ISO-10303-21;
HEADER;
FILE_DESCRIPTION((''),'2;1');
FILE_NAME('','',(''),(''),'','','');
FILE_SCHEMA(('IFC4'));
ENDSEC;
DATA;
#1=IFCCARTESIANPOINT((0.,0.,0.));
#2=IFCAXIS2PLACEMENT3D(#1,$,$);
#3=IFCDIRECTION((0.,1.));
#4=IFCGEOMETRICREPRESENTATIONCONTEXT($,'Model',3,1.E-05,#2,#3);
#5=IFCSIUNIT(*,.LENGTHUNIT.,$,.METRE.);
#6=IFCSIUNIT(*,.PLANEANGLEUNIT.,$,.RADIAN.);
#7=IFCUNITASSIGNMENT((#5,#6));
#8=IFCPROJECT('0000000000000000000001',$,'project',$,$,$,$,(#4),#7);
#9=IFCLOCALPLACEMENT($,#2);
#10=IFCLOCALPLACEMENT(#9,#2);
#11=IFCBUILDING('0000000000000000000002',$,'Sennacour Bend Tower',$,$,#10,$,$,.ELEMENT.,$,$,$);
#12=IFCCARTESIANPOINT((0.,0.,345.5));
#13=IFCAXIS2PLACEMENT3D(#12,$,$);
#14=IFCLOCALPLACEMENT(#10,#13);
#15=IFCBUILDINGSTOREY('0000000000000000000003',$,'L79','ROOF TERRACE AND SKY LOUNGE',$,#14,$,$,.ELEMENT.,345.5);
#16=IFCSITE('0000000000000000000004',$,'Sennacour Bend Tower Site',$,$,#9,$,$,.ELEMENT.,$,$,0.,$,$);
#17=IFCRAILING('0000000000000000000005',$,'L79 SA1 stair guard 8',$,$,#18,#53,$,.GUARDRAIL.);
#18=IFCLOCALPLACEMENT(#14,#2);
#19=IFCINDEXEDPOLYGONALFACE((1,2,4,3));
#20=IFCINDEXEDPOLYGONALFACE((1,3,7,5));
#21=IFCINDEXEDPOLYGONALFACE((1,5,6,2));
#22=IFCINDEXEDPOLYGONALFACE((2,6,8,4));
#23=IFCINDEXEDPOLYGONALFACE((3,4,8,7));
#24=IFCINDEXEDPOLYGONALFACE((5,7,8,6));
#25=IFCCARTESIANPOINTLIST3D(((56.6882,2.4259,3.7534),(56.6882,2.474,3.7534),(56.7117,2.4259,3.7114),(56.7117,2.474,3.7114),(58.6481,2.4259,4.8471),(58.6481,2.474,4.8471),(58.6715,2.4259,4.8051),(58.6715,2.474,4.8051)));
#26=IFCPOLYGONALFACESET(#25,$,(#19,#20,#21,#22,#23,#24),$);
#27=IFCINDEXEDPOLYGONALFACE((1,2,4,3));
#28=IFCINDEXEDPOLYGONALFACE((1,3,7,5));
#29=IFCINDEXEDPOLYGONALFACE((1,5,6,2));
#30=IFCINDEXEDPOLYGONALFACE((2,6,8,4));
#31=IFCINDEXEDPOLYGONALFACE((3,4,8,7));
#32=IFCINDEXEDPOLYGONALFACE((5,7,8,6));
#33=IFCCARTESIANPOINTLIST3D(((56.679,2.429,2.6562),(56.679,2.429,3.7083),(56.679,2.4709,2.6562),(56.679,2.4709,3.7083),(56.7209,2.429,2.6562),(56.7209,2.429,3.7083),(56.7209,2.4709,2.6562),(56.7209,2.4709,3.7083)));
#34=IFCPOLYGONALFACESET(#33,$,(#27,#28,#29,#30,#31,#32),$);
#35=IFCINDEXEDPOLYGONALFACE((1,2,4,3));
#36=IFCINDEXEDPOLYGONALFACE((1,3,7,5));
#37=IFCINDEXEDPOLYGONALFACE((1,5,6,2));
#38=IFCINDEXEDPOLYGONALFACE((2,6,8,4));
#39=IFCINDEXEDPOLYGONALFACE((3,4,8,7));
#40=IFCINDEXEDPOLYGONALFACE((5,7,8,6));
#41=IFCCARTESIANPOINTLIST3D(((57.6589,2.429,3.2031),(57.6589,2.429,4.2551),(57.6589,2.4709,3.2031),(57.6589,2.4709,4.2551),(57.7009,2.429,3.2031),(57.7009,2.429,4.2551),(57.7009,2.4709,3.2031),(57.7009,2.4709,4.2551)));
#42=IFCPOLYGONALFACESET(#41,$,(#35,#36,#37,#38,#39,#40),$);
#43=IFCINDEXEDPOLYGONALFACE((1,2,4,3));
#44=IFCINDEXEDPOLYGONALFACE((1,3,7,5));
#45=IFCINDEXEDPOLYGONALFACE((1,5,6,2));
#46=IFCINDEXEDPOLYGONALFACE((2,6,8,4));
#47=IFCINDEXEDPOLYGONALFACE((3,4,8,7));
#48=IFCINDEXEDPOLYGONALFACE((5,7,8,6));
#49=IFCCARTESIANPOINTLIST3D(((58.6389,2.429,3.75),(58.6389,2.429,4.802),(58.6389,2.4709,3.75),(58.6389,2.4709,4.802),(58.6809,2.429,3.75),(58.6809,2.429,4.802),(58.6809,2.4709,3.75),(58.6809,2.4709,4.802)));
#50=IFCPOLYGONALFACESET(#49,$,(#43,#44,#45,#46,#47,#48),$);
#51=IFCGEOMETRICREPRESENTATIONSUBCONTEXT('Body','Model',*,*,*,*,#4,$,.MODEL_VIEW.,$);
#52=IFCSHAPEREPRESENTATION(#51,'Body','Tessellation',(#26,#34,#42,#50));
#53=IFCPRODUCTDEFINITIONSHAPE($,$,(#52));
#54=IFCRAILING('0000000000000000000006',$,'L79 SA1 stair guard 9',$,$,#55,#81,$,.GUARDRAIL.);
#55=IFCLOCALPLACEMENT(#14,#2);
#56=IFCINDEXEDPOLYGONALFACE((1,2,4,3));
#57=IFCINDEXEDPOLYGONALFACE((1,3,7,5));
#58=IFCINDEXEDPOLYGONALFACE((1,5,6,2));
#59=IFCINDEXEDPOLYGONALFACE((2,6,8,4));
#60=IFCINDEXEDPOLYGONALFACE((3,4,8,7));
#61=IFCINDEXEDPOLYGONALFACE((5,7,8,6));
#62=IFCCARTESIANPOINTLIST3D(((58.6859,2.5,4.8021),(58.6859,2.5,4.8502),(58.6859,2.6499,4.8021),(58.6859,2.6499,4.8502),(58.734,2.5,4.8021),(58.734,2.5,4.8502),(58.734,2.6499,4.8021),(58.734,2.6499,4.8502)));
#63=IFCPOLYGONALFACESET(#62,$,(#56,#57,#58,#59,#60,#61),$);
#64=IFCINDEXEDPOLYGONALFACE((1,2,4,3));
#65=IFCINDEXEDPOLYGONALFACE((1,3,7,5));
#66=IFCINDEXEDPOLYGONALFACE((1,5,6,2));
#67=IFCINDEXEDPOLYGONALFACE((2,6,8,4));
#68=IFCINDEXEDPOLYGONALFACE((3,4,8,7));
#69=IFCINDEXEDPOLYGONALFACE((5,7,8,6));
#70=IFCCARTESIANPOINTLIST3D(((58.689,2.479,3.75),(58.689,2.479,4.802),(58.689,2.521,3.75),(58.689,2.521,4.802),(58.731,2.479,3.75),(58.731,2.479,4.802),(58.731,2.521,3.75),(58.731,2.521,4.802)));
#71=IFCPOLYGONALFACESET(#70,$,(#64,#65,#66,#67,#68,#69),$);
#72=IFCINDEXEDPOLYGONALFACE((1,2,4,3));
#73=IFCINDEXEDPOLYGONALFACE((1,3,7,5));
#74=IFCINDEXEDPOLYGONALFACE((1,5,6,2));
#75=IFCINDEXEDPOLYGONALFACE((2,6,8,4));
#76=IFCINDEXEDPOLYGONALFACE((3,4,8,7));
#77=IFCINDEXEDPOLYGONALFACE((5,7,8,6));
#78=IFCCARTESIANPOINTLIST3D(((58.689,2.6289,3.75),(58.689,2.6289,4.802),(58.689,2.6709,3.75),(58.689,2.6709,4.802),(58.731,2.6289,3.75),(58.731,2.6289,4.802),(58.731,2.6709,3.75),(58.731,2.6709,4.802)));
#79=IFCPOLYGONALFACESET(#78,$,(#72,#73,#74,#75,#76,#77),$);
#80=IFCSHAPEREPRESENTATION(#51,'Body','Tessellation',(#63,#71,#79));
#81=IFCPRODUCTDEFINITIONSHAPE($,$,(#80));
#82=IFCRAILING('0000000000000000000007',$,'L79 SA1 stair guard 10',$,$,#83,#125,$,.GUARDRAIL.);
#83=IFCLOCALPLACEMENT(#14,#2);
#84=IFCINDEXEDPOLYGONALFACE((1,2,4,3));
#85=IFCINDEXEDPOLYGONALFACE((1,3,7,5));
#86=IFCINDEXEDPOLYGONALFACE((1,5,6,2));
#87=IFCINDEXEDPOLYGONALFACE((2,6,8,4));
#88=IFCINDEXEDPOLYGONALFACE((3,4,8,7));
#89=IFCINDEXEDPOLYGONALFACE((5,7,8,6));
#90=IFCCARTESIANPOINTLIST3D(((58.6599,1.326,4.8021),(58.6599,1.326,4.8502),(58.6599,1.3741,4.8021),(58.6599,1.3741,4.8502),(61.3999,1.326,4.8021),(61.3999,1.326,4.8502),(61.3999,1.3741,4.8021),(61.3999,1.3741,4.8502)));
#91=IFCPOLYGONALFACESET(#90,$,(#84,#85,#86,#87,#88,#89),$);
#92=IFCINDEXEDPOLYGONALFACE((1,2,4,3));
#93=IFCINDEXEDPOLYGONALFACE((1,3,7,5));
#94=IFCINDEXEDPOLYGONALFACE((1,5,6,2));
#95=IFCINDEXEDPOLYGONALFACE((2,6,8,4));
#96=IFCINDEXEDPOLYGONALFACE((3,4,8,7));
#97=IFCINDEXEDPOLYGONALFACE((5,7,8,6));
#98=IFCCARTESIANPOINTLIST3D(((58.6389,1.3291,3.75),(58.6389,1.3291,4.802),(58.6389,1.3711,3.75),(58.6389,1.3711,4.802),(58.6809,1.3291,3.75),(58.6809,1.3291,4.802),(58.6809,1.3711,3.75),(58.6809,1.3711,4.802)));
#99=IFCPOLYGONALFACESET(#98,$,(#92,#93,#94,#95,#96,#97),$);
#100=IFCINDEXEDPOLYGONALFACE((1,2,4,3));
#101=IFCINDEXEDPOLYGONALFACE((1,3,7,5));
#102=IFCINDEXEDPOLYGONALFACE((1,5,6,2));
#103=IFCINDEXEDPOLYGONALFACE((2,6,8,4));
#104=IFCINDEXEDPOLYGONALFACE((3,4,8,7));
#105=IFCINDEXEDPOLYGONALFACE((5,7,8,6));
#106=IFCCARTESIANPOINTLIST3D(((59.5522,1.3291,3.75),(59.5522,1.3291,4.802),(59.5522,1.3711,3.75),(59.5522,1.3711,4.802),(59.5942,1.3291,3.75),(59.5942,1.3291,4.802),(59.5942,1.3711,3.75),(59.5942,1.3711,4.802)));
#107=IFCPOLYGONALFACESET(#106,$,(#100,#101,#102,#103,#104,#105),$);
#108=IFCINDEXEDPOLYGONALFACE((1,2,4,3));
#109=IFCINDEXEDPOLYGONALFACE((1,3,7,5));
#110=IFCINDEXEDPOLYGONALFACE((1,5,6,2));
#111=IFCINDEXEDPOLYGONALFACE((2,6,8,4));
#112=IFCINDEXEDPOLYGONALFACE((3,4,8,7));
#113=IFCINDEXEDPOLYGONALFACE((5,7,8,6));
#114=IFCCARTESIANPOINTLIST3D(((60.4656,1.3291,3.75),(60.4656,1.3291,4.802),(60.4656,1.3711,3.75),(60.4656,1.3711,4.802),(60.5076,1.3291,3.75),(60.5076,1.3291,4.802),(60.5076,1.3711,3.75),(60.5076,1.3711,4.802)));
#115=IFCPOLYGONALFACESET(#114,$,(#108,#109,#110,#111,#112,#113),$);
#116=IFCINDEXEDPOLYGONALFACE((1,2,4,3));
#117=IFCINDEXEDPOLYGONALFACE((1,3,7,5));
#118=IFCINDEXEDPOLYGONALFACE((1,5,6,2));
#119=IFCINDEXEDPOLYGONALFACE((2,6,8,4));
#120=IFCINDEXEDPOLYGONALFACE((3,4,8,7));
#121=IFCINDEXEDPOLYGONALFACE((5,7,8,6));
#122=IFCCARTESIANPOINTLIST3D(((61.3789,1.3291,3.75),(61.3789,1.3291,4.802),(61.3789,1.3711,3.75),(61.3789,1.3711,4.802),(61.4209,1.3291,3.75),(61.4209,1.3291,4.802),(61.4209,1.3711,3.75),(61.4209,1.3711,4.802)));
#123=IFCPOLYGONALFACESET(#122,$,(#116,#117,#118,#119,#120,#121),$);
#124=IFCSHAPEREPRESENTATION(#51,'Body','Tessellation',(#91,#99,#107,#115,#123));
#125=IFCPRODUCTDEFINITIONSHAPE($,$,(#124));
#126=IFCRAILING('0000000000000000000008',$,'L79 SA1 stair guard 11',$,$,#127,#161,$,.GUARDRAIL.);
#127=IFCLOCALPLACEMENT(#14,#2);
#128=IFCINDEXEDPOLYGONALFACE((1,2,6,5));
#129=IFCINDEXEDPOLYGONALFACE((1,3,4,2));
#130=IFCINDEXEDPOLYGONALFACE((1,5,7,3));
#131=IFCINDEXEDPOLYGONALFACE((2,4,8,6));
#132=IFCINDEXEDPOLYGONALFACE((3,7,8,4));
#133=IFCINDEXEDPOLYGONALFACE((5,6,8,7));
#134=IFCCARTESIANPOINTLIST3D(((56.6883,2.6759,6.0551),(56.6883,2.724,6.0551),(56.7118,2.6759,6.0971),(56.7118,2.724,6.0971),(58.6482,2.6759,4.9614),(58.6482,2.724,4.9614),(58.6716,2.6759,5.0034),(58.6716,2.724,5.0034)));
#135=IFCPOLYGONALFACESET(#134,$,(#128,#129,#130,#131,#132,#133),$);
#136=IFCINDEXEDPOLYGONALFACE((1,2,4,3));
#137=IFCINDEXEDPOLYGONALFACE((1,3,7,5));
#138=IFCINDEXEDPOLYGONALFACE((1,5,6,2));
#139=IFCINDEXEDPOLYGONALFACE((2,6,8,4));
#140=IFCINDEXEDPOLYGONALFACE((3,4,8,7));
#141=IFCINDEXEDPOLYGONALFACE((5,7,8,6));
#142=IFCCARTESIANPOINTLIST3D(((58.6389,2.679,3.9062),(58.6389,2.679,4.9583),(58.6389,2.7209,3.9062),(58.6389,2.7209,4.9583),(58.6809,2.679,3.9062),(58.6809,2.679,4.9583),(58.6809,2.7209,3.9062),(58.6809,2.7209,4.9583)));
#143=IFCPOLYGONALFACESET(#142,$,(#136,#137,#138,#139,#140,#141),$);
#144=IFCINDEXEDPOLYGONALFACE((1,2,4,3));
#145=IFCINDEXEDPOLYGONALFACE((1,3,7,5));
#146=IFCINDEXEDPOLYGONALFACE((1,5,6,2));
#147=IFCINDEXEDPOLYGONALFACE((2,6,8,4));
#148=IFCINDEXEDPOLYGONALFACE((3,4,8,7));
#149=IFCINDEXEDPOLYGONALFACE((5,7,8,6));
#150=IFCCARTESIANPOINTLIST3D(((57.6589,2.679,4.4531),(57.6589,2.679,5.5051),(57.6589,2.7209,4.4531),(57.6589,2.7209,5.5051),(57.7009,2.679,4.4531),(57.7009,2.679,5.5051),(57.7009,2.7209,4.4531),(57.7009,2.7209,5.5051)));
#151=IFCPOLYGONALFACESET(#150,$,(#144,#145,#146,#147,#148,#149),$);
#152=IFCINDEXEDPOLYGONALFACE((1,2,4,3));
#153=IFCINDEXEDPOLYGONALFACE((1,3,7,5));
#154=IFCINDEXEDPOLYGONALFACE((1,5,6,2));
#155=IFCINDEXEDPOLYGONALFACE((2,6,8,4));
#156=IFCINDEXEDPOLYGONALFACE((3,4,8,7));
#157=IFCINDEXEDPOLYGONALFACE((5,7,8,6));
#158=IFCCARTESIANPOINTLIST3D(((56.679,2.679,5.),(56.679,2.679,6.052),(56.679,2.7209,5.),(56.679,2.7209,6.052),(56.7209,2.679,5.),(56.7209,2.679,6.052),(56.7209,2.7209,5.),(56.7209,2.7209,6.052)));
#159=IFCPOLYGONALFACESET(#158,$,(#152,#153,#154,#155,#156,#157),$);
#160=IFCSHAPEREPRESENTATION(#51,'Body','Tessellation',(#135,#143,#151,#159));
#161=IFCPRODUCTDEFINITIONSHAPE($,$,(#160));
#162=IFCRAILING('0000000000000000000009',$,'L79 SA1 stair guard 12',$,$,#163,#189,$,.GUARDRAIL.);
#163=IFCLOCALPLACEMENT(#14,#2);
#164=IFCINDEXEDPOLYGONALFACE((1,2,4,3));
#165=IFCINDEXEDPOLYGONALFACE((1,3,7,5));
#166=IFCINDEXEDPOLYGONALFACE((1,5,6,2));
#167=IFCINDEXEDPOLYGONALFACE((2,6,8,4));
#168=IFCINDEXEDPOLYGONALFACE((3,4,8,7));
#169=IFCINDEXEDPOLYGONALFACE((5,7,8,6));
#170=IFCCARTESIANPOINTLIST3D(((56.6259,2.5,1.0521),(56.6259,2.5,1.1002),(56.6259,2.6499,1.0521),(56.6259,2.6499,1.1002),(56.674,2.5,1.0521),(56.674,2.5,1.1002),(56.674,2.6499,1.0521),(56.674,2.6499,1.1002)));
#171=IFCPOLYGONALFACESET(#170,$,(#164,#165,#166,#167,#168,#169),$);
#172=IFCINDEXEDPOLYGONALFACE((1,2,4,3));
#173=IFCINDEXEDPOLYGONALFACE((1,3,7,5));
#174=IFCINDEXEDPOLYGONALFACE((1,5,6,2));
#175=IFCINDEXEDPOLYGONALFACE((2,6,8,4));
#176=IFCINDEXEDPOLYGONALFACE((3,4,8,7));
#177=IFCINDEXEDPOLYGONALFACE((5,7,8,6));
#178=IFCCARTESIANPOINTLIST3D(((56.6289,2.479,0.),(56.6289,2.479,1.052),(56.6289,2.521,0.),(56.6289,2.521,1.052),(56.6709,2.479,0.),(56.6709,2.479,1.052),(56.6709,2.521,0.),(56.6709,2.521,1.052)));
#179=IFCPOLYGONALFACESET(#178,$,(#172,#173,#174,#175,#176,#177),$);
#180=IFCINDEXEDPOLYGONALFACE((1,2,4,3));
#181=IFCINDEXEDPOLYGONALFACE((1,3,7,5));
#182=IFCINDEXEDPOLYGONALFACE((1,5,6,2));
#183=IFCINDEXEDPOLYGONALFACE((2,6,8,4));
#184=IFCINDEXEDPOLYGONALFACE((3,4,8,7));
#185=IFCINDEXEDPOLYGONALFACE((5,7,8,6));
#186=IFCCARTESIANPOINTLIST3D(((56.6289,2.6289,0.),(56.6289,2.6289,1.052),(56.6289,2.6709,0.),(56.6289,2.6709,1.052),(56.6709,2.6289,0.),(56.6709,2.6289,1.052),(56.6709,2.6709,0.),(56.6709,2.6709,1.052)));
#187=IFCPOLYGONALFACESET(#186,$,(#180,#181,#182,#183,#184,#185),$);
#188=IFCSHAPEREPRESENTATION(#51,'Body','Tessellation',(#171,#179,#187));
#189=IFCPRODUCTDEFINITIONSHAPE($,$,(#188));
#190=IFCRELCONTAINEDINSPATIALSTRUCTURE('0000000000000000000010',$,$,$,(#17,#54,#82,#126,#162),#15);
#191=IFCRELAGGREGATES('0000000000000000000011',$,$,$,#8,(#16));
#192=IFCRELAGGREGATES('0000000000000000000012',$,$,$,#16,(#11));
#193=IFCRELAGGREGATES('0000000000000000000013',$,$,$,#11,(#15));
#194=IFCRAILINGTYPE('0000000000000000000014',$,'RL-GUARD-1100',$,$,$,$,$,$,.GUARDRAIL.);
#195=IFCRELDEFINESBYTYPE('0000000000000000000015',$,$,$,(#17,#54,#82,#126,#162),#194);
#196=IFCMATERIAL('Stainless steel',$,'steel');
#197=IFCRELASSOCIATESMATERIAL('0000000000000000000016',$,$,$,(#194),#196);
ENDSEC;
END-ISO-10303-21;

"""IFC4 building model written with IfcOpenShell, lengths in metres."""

from ifc_helpers import new_model, si_unit, direction, frame, origin, origin_2d, place, context, subcontext, project, spatial, rectangle, extrude, material, type_object, element, save


model = new_model("IFC4")

# Units and contexts
model_context = context("Model", 3, precision=1e-05, world=origin(), true_north=direction((0.0, 1.0)))
body_context = subcontext(model_context, "Body", "Model", "MODEL_VIEW")
ifc_project = project(units=[si_unit("LENGTHUNIT", "METRE"), si_unit("PLANEANGLEUNIT", "RADIAN")], contexts=[model_context])

# Site, building, storey
site_placement = place(None, origin())
site = spatial("IfcSite", under=ifc_project, at=site_placement, Name="Sennacour Bend Tower Site", CompositionType="ELEMENT", RefElevation=0.0)
building_placement = place(site_placement, origin())
building = spatial("IfcBuilding", under=site, at=building_placement, Name="Sennacour Bend Tower", CompositionType="ELEMENT")
storey_placement = place(building_placement, frame((0.0, 0.0, 345.5)))
storey = spatial("IfcBuildingStorey", under=building, at=storey_placement, Name="L79", Description="ROOF TERRACE AND SKY LOUNGE", CompositionType="ELEMENT", Elevation=345.5)

# Railings
ifc_material_1 = material(Name="Stainless steel", Category="steel")
railing_type_1 = type_object("IfcRailingType", Name="RL-GUARD-1100", PredefinedType="GUARDRAIL", material=ifc_material_1)
railing_1_placement = place(storey_placement, frame((56.7, 2.45, 2.6562)))
element("IfcRailing", 1, at=railing_1_placement, inside=storey, type_object=railing_type_1, Name="L79 SA1 stair guard 8", PredefinedType="GUARDRAIL", context=body_context, shape_type="SweptSolid", body=[
    extrude(rectangle(XDim=0.0481, YDim=0.0481, at=origin_2d()), frame((0.0, 0.0, 1.0762), z_axis=(0.873232, 0.0, 0.487304), x_axis=(0.0, 1.0, 0.0)), (0.0, 0.0, 1.0), 2.2444),
    extrude(rectangle(XDim=0.042, YDim=0.042, at=origin_2d()), origin(), (0.0, 0.0, 1.0), 1.052),
    extrude(rectangle(XDim=0.042, YDim=0.042, at=origin_2d()), frame((0.98, 0.0, 0.5469)), (0.0, 0.0, 1.0), 1.052),
    extrude(rectangle(XDim=0.042, YDim=0.042, at=origin_2d()), frame((1.96, 0.0, 1.0938)), (0.0, 0.0, 1.0), 1.052),
])
railing_2_placement = place(storey_placement, frame((58.71, 2.5, 3.75)))
element("IfcRailing", 2, at=railing_2_placement, inside=storey, type_object=railing_type_1, Name="L79 SA1 stair guard 9", PredefinedType="GUARDRAIL", context=body_context, shape_type="SweptSolid", body=[
    extrude(rectangle(XDim=0.0481, YDim=0.0481, at=origin_2d()), frame((0.0, 0.0, 1.0762), z_axis=(0.0, 1.0, 0.0), x_axis=(-1.0, 0.0, 0.0)), (0.0, 0.0, 1.0), 0.1499),
    extrude(rectangle(XDim=0.042, YDim=0.042, at=origin_2d()), origin(), (0.0, 0.0, 1.0), 1.052),
    extrude(rectangle(XDim=0.042, YDim=0.042, at=origin_2d()), frame((0.0, 0.1499, 0.0)), (0.0, 0.0, 1.0), 1.052),
])
railing_3_placement = place(storey_placement, frame((58.6599, 1.3501, 3.75)))
element("IfcRailing", 3, at=railing_3_placement, inside=storey, type_object=railing_type_1, Name="L79 SA1 stair guard 10", PredefinedType="GUARDRAIL", context=body_context, shape_type="SweptSolid", body=[
    extrude(rectangle(XDim=0.0481, YDim=0.0481, at=origin_2d()), frame((0.0, 0.0, 1.0762), z_axis=(1.0, 0.0, 0.0), x_axis=(0.0, 1.0, 0.0)), (0.0, 0.0, 1.0), 2.74),
    extrude(rectangle(XDim=0.042, YDim=0.042, at=origin_2d()), origin(), (0.0, 0.0, 1.0), 1.052),
    extrude(rectangle(XDim=0.042, YDim=0.042, at=origin_2d()), frame((0.9133, 0.0, 0.0)), (0.0, 0.0, 1.0), 1.052),
    extrude(rectangle(XDim=0.042, YDim=0.042, at=origin_2d()), frame((1.8267, 0.0, 0.0)), (0.0, 0.0, 1.0), 1.052),
    extrude(rectangle(XDim=0.042, YDim=0.042, at=origin_2d()), frame((2.74, 0.0, 0.0)), (0.0, 0.0, 1.0), 1.052),
])
railing_4_placement = place(storey_placement, frame((58.6599, 2.7, 3.9062)))
element("IfcRailing", 4, at=railing_4_placement, inside=storey, type_object=railing_type_1, Name="L79 SA1 stair guard 11", PredefinedType="GUARDRAIL", context=body_context, shape_type="SweptSolid", body=[
    extrude(rectangle(XDim=0.0481, YDim=0.0481, at=origin_2d()), frame((0.0, 0.0, 1.0762), z_axis=(-0.873232, 0.0, 0.487304), x_axis=(0.0, -1.0, 0.0)), (0.0, 0.0, 1.0), 2.2444),
    extrude(rectangle(XDim=0.042, YDim=0.042, at=origin_2d()), origin(), (0.0, 0.0, 1.0), 1.052),
    extrude(rectangle(XDim=0.042, YDim=0.042, at=origin_2d()), frame((-0.98, 0.0, 0.5469)), (0.0, 0.0, 1.0), 1.052),
    extrude(rectangle(XDim=0.042, YDim=0.042, at=origin_2d()), frame((-1.96, 0.0, 1.0938)), (0.0, 0.0, 1.0), 1.052),
])
railing_5_placement = place(storey_placement, frame((56.6499, 2.5, 0.0)))
element("IfcRailing", 5, at=railing_5_placement, inside=storey, type_object=railing_type_1, Name="L79 SA1 stair guard 12", PredefinedType="GUARDRAIL", context=body_context, shape_type="SweptSolid", body=[
    extrude(rectangle(XDim=0.0481, YDim=0.0481, at=origin_2d()), frame((0.0, 0.0, 1.0762), z_axis=(0.0, 1.0, 0.0), x_axis=(-1.0, 0.0, 0.0)), (0.0, 0.0, 1.0), 0.1499),
    extrude(rectangle(XDim=0.042, YDim=0.042, at=origin_2d()), origin(), (0.0, 0.0, 1.0), 1.052),
    extrude(rectangle(XDim=0.042, YDim=0.042, at=origin_2d()), frame((0.0, 0.1499, 0.0)), (0.0, 0.0, 1.0), 1.052),
])

save(model, "model.ifc")
